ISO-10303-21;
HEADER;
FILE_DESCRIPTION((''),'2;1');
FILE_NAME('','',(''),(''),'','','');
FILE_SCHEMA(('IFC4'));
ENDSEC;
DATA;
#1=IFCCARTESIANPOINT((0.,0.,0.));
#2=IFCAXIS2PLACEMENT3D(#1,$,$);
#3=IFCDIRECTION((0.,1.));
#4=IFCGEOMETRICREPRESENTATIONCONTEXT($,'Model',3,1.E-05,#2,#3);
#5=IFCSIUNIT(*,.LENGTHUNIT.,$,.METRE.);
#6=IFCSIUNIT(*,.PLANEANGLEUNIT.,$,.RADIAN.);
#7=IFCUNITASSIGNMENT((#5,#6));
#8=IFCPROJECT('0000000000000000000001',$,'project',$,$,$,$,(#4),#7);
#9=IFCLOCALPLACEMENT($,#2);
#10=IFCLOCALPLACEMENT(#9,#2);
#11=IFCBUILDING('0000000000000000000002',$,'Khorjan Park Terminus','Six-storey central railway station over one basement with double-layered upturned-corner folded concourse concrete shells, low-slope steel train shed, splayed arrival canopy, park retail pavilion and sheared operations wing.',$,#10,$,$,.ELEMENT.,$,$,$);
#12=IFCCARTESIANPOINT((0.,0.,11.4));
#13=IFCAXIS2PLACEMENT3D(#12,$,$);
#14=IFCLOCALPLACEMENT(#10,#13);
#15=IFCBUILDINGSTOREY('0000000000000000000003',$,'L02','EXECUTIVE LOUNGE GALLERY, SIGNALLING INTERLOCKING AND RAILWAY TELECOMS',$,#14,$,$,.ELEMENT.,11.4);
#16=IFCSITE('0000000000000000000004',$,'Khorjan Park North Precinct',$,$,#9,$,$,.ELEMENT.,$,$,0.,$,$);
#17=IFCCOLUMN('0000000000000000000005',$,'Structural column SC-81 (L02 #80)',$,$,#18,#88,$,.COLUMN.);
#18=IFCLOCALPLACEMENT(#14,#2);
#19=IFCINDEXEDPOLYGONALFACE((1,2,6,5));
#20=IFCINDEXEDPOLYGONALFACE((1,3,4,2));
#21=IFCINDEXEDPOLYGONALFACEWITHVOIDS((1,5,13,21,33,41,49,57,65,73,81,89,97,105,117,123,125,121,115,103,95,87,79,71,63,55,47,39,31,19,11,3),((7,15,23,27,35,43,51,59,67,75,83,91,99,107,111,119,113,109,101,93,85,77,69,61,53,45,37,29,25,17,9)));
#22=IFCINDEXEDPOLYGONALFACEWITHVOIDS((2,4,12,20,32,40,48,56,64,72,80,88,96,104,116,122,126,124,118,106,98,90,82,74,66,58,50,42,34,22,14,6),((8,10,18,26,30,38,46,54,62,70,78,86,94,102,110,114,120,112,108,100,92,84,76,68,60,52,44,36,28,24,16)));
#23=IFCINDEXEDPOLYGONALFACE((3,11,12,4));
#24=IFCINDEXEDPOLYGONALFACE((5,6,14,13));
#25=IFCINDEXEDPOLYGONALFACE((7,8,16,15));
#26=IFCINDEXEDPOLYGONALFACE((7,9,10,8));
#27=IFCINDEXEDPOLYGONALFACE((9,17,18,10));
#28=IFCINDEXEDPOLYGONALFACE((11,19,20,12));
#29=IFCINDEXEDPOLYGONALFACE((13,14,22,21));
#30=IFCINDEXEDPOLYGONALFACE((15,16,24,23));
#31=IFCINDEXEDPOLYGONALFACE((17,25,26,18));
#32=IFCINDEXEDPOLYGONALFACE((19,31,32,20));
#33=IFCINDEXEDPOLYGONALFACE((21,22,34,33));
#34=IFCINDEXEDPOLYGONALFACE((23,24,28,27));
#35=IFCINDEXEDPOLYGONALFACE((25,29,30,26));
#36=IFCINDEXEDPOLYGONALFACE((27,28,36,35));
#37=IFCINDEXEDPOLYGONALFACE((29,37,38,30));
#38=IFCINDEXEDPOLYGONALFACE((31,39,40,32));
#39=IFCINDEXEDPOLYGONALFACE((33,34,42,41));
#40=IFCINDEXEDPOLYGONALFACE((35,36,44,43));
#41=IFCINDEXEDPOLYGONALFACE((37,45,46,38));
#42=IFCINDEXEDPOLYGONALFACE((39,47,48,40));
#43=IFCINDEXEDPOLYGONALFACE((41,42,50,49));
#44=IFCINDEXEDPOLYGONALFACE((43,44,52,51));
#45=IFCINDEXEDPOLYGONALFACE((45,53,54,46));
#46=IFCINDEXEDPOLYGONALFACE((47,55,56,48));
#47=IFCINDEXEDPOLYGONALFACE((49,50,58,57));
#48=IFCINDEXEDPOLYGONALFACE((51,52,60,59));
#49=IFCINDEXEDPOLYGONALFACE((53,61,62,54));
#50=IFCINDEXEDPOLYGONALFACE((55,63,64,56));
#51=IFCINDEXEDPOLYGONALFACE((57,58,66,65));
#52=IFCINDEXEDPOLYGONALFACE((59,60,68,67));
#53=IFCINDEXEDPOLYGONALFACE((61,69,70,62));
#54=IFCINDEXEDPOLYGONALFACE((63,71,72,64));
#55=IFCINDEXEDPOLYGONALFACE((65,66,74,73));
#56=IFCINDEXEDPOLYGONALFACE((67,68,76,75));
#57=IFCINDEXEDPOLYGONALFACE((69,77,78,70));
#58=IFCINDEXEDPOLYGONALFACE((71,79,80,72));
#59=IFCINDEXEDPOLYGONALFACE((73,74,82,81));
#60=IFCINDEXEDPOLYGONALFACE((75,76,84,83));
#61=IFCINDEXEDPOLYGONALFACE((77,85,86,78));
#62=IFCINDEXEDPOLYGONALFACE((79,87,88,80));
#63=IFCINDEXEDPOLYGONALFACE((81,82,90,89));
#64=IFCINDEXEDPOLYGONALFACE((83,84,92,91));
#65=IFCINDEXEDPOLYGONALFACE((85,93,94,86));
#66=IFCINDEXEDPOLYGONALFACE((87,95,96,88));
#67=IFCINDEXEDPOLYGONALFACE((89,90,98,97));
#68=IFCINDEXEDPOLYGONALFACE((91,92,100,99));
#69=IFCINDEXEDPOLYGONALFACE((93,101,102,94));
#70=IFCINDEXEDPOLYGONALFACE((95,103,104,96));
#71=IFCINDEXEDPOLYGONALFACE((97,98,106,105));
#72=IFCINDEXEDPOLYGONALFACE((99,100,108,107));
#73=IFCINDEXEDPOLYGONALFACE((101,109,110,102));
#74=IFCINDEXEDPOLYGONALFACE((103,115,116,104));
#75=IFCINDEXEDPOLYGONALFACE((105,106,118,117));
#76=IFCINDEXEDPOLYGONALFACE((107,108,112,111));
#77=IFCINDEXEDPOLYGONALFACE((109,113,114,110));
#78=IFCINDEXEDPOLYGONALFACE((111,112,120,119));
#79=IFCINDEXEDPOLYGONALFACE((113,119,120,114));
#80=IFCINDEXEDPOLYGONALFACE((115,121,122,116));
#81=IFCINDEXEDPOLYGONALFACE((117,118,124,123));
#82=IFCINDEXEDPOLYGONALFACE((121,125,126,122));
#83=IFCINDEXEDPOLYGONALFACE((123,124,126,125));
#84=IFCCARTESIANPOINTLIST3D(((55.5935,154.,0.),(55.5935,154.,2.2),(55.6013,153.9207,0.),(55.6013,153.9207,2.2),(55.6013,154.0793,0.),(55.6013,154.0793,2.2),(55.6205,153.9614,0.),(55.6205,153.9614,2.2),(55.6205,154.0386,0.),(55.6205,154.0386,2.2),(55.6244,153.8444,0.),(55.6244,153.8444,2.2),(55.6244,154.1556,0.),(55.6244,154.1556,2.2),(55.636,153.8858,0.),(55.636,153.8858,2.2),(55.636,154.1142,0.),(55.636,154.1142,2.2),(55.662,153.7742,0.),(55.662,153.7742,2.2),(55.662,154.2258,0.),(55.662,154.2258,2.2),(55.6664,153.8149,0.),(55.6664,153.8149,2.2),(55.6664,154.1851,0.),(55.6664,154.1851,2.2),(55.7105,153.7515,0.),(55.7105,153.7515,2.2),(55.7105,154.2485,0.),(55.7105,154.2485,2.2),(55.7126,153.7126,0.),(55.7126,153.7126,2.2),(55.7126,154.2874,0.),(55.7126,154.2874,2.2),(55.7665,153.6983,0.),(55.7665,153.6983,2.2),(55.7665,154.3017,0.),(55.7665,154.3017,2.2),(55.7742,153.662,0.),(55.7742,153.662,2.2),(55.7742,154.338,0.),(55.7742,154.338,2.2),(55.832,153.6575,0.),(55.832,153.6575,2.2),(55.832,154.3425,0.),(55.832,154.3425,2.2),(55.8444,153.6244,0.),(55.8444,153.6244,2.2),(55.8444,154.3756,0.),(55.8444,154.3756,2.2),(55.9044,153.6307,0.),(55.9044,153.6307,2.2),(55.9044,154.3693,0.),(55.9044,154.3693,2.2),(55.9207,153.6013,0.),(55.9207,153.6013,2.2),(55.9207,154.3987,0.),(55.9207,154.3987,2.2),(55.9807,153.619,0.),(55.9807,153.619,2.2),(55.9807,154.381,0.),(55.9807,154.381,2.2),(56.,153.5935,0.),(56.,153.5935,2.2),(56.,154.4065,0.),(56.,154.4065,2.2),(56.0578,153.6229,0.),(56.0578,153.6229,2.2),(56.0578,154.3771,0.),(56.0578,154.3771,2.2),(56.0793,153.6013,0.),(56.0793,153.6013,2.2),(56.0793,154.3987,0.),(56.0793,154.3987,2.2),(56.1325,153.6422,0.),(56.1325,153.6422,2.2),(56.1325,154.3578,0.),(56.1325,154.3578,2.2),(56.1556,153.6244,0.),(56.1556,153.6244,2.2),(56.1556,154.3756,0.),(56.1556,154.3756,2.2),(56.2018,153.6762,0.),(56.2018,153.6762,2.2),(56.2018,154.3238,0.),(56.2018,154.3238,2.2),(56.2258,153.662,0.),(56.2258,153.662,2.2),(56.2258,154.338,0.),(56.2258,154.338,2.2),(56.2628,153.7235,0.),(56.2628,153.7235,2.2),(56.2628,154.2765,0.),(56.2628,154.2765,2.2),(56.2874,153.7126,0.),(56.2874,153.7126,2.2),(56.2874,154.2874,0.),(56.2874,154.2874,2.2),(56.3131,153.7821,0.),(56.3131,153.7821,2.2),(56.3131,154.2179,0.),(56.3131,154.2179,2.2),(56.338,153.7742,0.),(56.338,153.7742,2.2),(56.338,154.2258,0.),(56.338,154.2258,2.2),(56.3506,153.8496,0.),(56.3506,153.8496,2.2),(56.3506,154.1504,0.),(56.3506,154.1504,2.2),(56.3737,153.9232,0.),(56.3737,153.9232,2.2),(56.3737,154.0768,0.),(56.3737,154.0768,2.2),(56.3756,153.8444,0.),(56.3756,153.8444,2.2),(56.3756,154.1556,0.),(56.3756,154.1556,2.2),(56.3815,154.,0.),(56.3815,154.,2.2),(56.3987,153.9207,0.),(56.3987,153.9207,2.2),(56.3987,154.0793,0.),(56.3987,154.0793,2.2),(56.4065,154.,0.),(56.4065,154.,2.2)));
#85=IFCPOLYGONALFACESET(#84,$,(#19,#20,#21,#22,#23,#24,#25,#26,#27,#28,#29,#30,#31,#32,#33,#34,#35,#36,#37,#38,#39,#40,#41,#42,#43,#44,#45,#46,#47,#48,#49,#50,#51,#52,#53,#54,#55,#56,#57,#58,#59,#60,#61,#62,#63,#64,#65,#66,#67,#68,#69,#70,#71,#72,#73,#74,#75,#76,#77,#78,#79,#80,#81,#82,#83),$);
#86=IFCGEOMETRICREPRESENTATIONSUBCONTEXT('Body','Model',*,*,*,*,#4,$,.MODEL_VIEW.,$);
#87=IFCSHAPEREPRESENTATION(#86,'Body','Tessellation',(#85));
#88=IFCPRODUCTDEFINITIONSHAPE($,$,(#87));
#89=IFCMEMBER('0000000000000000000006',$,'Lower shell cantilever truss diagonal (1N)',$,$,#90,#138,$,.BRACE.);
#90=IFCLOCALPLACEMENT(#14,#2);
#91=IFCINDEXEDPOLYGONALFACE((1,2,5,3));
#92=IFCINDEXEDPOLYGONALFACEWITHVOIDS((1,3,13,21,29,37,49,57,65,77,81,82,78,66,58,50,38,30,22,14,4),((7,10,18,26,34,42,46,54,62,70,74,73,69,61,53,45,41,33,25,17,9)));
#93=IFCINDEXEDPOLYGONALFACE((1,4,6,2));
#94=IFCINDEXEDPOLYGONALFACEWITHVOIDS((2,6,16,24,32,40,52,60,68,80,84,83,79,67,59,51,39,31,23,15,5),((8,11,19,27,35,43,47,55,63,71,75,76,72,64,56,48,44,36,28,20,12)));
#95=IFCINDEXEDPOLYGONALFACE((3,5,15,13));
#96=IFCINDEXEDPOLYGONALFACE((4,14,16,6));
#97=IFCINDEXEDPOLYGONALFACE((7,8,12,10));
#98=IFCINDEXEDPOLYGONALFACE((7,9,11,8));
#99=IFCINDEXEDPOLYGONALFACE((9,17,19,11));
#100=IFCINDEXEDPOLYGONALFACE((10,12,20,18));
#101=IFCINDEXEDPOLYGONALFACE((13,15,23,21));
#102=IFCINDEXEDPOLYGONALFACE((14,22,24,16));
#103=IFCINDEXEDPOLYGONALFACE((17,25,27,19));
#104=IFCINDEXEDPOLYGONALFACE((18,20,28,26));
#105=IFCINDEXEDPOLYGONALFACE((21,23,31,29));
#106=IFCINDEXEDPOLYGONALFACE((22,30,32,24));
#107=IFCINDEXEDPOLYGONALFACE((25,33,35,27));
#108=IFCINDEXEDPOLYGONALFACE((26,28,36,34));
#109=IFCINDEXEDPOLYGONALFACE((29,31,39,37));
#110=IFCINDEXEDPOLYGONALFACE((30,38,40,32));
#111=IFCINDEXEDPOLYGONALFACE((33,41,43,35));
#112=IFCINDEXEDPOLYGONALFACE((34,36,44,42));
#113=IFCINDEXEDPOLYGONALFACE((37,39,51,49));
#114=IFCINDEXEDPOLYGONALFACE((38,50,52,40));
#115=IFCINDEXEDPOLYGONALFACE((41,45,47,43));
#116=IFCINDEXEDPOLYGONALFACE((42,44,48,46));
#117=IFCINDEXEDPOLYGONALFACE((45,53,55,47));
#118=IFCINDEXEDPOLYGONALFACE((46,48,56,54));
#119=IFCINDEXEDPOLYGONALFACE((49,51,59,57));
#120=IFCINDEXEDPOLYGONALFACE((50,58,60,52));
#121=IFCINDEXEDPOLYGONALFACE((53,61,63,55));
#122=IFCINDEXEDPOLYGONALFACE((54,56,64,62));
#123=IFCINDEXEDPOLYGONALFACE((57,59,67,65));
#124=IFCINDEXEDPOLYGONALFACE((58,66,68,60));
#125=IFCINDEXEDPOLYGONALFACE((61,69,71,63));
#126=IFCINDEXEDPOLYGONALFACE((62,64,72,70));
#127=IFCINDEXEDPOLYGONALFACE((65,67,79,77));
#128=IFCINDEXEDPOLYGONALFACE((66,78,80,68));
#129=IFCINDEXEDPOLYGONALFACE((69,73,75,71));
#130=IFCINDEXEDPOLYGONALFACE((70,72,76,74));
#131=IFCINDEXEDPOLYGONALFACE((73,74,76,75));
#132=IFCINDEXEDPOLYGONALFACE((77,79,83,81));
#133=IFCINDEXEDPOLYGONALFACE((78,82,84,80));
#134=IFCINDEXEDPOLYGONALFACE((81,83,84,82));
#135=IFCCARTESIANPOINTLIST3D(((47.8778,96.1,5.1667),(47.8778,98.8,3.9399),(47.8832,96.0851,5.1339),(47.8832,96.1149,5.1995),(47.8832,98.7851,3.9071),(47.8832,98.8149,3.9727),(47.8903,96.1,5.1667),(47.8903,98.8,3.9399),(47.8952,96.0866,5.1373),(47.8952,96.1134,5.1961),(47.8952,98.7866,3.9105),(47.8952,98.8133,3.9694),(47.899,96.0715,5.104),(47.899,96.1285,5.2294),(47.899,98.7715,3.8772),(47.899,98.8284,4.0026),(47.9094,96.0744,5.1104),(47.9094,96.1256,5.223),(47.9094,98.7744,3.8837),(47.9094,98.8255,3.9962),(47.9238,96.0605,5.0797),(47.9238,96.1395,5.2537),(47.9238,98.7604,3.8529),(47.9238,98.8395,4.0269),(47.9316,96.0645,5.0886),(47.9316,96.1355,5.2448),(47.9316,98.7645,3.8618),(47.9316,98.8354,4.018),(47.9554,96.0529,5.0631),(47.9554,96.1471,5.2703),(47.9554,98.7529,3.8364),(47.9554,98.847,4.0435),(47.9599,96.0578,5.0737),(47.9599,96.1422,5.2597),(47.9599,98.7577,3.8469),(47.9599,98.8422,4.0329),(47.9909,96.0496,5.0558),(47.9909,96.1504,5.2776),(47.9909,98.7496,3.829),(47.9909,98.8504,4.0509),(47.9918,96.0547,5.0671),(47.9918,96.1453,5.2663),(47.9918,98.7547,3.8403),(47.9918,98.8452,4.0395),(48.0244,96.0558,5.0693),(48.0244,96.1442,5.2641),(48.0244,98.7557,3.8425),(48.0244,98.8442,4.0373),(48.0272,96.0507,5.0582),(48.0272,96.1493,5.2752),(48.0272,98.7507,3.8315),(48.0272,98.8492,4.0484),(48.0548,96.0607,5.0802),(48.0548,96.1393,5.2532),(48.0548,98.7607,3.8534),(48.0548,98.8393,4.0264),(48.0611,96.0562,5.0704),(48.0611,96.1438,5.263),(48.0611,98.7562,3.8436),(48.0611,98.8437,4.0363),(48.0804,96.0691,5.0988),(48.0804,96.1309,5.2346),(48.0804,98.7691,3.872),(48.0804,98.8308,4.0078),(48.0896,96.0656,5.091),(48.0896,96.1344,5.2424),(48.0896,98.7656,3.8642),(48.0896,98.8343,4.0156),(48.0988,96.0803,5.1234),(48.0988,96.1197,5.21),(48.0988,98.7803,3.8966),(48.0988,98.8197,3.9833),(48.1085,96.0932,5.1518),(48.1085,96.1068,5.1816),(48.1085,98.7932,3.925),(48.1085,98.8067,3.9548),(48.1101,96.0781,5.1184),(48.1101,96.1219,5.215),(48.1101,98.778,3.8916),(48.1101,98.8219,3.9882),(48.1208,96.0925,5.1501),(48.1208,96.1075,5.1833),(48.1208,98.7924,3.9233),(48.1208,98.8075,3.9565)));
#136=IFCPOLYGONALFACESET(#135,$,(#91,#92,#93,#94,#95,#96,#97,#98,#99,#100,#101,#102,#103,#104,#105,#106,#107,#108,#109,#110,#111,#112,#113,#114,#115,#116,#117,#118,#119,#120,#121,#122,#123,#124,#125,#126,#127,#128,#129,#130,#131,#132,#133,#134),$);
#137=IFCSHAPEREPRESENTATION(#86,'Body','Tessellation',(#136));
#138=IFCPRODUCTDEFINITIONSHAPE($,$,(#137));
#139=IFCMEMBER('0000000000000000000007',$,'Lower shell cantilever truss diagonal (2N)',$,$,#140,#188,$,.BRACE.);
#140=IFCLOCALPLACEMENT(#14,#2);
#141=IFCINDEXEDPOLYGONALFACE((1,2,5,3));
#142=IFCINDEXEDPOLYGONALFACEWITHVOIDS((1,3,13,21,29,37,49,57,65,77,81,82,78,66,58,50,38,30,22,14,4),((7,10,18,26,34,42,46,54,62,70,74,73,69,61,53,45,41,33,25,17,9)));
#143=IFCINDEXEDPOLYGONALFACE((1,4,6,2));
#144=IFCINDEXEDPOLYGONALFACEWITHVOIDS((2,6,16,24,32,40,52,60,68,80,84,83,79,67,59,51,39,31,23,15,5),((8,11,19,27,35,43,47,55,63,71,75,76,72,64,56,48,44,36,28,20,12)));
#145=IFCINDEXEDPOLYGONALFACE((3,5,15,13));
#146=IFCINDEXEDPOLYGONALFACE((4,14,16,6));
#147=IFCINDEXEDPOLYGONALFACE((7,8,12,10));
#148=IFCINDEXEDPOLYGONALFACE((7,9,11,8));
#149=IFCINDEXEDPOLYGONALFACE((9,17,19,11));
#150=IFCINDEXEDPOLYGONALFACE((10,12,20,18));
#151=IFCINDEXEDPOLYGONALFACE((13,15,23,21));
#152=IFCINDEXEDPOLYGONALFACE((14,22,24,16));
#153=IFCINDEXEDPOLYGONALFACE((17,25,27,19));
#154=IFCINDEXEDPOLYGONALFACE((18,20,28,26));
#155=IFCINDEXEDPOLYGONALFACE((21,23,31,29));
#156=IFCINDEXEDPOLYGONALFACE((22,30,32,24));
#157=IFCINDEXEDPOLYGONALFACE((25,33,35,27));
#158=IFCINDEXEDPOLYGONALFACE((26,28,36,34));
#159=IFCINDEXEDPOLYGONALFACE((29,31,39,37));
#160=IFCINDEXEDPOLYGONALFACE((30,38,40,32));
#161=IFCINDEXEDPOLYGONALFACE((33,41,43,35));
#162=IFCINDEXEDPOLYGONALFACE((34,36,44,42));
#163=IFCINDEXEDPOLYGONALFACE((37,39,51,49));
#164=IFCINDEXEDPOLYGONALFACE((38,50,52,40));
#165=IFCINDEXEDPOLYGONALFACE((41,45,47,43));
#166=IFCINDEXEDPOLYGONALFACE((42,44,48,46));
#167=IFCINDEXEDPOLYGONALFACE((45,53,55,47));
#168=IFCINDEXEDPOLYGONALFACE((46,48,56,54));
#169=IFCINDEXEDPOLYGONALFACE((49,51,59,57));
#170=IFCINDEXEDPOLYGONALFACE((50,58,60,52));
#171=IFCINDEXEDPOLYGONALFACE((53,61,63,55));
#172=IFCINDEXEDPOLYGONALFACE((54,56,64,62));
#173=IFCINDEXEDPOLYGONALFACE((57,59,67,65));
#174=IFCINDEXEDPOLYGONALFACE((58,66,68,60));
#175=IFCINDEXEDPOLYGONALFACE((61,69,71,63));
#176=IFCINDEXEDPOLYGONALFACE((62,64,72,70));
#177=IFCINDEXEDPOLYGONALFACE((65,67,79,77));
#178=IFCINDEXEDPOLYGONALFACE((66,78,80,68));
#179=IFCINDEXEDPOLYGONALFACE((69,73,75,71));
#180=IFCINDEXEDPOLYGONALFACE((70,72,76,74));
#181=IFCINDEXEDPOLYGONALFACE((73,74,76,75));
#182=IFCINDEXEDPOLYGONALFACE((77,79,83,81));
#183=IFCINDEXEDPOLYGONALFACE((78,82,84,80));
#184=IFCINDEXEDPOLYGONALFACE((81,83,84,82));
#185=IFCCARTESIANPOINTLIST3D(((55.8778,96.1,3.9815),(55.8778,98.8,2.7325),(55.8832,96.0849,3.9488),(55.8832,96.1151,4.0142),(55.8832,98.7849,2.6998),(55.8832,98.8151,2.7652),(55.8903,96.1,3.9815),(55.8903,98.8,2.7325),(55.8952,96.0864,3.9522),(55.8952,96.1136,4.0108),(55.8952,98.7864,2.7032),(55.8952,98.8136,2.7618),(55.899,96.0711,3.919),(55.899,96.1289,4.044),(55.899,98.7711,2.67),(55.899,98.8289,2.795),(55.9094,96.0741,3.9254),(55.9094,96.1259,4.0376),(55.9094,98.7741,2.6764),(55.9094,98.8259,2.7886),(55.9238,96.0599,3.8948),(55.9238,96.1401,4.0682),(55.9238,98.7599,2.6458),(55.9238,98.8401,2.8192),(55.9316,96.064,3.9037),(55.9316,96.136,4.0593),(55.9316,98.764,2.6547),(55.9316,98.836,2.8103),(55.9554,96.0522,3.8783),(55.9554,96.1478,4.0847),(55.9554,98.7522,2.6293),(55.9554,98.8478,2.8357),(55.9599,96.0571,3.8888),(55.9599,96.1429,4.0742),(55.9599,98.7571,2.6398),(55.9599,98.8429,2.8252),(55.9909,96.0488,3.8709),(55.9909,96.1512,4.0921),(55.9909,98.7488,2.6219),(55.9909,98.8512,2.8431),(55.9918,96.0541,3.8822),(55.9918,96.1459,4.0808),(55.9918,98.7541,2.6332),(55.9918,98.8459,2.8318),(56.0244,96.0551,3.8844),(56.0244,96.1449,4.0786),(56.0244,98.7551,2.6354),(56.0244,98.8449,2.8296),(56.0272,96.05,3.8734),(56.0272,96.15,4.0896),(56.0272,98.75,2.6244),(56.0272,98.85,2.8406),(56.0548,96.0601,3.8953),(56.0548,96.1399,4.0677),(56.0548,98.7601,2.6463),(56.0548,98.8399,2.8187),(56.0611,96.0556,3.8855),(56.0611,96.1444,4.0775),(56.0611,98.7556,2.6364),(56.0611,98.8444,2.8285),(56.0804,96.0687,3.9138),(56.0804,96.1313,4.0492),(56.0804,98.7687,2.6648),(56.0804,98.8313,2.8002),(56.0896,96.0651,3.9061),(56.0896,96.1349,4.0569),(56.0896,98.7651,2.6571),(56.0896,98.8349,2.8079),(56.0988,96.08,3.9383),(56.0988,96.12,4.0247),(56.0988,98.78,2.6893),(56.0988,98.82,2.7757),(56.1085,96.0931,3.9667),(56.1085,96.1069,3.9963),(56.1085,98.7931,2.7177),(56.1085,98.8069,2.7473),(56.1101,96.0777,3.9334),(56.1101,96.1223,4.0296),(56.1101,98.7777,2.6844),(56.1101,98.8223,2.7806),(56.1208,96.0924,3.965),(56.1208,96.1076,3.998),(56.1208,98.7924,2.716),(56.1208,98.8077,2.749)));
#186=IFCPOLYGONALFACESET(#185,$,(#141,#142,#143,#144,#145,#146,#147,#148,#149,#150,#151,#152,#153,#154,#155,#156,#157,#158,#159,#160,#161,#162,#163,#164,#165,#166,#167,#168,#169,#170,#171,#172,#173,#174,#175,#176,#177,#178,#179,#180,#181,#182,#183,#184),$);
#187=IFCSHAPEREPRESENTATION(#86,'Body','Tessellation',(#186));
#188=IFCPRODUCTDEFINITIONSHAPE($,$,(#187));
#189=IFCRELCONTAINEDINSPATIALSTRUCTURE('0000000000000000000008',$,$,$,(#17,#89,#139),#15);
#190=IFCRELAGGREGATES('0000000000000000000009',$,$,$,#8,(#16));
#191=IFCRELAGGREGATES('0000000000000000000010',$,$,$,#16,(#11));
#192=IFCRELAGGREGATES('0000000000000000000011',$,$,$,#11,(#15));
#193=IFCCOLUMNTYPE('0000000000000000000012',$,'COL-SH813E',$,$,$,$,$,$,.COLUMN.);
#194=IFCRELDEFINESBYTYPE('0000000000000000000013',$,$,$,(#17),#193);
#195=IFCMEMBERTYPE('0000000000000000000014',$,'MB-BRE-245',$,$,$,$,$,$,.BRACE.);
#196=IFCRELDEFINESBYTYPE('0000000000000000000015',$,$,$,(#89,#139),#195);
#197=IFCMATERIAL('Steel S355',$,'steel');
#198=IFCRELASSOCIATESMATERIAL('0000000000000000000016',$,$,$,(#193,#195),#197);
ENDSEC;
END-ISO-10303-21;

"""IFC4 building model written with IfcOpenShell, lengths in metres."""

from ifc_helpers import new_model, si_unit, direction, frame, origin, origin_2d, place, context, subcontext, project, spatial, hollow_circle, extrude, material, material_profile, profile_set, type_object, element, save


model = new_model("IFC4")

# Units and contexts
model_context = context("Model", 3, precision=1e-05, world=origin(), true_north=direction((0.0, 1.0)))
body_context = subcontext(model_context, "Body", "Model", "MODEL_VIEW")
ifc_project = project(units=[si_unit("LENGTHUNIT", "METRE"), si_unit("PLANEANGLEUNIT", "RADIAN")], contexts=[model_context])

# Site, building, storey
site_placement = place(None, origin())
site = spatial("IfcSite", under=ifc_project, at=site_placement, Name="Khorjan Park North Precinct", CompositionType="ELEMENT", RefElevation=0.0)
building_placement = place(site_placement, origin())
building = spatial("IfcBuilding", under=site, at=building_placement, Name="Khorjan Park Terminus", Description="Six-storey central railway station over one basement with double-layered upturned-corner folded concourse concrete shells, low-slope steel train shed, splayed arrival canopy, park retail pavilion and sheared operations wing.", CompositionType="ELEMENT")
storey_placement = place(building_placement, frame((0.0, 0.0, 11.4)))
storey = spatial("IfcBuildingStorey", under=building, at=storey_placement, Name="L02", Description="EXECUTIVE LOUNGE GALLERY, SIGNALLING INTERLOCKING AND RAILWAY TELECOMS", CompositionType="ELEMENT", Elevation=11.4)

# Column
ifc_material = material(Name="Steel S355", Category="steel")
ifc_material_profile_1 = material_profile(ifc_material, hollow_circle(Radius=0.4065, WallThickness=0.025, at=origin_2d()), Name="CHS 813x25")
ifc_profile_set_1 = profile_set([ifc_material_profile_1], Name="Steel S355")
column_type_1 = type_object("IfcColumnType", Name="COL-SH813E", PredefinedType="COLUMN", material=ifc_profile_set_1)
for number, where, z_axis, x_axis, name in (
    (1, (56.0, 154.0, 0.0), (0.0, 0.0, 1.0), (1.0, 0.0, 0.0), "Structural column SC-81 (L02 #80)"),
):
    element("IfcColumn", number, at=place(storey_placement, frame(where, z_axis=z_axis, x_axis=x_axis)), inside=storey, type_object=column_type_1, Name=name, PredefinedType="COLUMN", context=body_context, shape_type="SweptSolid", body=[
        extrude(hollow_circle(Radius=0.4065, WallThickness=0.025, at=origin_2d()), origin(), (0.0, 0.0, 1.0), 2.2),
    ])

# Members
ifc_material_profile_2 = material_profile(ifc_material, hollow_circle(Radius=0.1222, WallThickness=0.0125, at=origin_2d()), Name="CHS 244.5x12.5")
ifc_profile_set_2 = profile_set([ifc_material_profile_2], Name="Steel S355")
member_type_1 = type_object("IfcMemberType", Name="MB-BRE-245", PredefinedType="BRACE", material=ifc_profile_set_2)
member_1_placement = place(storey_placement, frame((48.0, 96.1, 5.1667), z_axis=(0.0, 0.910427, -0.413671), x_axis=(-1.0, 0.0, 0.0)))
element("IfcMember", 2, at=member_1_placement, inside=storey, type_object=member_type_1, Name="Lower shell cantilever truss diagonal (1N)", PredefinedType="BRACE", context=body_context, shape_type="SweptSolid", body=[
    extrude(hollow_circle(Radius=0.1222, WallThickness=0.0125, at=origin_2d()), origin(), (0.0, 0.0, 1.0), 2.9656),
])
member_2_placement = place(storey_placement, frame((56.0, 96.1, 3.9815), z_axis=(0.0, 0.907595, -0.419847), x_axis=(-1.0, 0.0, 0.0)))
element("IfcMember", 3, at=member_2_placement, inside=storey, type_object=member_type_1, Name="Lower shell cantilever truss diagonal (2N)", PredefinedType="BRACE", context=body_context, shape_type="SweptSolid", body=[
    extrude(hollow_circle(Radius=0.1222, WallThickness=0.0125, at=origin_2d()), origin(), (0.0, 0.0, 1.0), 2.9749),
])

save(model, "model.ifc")
